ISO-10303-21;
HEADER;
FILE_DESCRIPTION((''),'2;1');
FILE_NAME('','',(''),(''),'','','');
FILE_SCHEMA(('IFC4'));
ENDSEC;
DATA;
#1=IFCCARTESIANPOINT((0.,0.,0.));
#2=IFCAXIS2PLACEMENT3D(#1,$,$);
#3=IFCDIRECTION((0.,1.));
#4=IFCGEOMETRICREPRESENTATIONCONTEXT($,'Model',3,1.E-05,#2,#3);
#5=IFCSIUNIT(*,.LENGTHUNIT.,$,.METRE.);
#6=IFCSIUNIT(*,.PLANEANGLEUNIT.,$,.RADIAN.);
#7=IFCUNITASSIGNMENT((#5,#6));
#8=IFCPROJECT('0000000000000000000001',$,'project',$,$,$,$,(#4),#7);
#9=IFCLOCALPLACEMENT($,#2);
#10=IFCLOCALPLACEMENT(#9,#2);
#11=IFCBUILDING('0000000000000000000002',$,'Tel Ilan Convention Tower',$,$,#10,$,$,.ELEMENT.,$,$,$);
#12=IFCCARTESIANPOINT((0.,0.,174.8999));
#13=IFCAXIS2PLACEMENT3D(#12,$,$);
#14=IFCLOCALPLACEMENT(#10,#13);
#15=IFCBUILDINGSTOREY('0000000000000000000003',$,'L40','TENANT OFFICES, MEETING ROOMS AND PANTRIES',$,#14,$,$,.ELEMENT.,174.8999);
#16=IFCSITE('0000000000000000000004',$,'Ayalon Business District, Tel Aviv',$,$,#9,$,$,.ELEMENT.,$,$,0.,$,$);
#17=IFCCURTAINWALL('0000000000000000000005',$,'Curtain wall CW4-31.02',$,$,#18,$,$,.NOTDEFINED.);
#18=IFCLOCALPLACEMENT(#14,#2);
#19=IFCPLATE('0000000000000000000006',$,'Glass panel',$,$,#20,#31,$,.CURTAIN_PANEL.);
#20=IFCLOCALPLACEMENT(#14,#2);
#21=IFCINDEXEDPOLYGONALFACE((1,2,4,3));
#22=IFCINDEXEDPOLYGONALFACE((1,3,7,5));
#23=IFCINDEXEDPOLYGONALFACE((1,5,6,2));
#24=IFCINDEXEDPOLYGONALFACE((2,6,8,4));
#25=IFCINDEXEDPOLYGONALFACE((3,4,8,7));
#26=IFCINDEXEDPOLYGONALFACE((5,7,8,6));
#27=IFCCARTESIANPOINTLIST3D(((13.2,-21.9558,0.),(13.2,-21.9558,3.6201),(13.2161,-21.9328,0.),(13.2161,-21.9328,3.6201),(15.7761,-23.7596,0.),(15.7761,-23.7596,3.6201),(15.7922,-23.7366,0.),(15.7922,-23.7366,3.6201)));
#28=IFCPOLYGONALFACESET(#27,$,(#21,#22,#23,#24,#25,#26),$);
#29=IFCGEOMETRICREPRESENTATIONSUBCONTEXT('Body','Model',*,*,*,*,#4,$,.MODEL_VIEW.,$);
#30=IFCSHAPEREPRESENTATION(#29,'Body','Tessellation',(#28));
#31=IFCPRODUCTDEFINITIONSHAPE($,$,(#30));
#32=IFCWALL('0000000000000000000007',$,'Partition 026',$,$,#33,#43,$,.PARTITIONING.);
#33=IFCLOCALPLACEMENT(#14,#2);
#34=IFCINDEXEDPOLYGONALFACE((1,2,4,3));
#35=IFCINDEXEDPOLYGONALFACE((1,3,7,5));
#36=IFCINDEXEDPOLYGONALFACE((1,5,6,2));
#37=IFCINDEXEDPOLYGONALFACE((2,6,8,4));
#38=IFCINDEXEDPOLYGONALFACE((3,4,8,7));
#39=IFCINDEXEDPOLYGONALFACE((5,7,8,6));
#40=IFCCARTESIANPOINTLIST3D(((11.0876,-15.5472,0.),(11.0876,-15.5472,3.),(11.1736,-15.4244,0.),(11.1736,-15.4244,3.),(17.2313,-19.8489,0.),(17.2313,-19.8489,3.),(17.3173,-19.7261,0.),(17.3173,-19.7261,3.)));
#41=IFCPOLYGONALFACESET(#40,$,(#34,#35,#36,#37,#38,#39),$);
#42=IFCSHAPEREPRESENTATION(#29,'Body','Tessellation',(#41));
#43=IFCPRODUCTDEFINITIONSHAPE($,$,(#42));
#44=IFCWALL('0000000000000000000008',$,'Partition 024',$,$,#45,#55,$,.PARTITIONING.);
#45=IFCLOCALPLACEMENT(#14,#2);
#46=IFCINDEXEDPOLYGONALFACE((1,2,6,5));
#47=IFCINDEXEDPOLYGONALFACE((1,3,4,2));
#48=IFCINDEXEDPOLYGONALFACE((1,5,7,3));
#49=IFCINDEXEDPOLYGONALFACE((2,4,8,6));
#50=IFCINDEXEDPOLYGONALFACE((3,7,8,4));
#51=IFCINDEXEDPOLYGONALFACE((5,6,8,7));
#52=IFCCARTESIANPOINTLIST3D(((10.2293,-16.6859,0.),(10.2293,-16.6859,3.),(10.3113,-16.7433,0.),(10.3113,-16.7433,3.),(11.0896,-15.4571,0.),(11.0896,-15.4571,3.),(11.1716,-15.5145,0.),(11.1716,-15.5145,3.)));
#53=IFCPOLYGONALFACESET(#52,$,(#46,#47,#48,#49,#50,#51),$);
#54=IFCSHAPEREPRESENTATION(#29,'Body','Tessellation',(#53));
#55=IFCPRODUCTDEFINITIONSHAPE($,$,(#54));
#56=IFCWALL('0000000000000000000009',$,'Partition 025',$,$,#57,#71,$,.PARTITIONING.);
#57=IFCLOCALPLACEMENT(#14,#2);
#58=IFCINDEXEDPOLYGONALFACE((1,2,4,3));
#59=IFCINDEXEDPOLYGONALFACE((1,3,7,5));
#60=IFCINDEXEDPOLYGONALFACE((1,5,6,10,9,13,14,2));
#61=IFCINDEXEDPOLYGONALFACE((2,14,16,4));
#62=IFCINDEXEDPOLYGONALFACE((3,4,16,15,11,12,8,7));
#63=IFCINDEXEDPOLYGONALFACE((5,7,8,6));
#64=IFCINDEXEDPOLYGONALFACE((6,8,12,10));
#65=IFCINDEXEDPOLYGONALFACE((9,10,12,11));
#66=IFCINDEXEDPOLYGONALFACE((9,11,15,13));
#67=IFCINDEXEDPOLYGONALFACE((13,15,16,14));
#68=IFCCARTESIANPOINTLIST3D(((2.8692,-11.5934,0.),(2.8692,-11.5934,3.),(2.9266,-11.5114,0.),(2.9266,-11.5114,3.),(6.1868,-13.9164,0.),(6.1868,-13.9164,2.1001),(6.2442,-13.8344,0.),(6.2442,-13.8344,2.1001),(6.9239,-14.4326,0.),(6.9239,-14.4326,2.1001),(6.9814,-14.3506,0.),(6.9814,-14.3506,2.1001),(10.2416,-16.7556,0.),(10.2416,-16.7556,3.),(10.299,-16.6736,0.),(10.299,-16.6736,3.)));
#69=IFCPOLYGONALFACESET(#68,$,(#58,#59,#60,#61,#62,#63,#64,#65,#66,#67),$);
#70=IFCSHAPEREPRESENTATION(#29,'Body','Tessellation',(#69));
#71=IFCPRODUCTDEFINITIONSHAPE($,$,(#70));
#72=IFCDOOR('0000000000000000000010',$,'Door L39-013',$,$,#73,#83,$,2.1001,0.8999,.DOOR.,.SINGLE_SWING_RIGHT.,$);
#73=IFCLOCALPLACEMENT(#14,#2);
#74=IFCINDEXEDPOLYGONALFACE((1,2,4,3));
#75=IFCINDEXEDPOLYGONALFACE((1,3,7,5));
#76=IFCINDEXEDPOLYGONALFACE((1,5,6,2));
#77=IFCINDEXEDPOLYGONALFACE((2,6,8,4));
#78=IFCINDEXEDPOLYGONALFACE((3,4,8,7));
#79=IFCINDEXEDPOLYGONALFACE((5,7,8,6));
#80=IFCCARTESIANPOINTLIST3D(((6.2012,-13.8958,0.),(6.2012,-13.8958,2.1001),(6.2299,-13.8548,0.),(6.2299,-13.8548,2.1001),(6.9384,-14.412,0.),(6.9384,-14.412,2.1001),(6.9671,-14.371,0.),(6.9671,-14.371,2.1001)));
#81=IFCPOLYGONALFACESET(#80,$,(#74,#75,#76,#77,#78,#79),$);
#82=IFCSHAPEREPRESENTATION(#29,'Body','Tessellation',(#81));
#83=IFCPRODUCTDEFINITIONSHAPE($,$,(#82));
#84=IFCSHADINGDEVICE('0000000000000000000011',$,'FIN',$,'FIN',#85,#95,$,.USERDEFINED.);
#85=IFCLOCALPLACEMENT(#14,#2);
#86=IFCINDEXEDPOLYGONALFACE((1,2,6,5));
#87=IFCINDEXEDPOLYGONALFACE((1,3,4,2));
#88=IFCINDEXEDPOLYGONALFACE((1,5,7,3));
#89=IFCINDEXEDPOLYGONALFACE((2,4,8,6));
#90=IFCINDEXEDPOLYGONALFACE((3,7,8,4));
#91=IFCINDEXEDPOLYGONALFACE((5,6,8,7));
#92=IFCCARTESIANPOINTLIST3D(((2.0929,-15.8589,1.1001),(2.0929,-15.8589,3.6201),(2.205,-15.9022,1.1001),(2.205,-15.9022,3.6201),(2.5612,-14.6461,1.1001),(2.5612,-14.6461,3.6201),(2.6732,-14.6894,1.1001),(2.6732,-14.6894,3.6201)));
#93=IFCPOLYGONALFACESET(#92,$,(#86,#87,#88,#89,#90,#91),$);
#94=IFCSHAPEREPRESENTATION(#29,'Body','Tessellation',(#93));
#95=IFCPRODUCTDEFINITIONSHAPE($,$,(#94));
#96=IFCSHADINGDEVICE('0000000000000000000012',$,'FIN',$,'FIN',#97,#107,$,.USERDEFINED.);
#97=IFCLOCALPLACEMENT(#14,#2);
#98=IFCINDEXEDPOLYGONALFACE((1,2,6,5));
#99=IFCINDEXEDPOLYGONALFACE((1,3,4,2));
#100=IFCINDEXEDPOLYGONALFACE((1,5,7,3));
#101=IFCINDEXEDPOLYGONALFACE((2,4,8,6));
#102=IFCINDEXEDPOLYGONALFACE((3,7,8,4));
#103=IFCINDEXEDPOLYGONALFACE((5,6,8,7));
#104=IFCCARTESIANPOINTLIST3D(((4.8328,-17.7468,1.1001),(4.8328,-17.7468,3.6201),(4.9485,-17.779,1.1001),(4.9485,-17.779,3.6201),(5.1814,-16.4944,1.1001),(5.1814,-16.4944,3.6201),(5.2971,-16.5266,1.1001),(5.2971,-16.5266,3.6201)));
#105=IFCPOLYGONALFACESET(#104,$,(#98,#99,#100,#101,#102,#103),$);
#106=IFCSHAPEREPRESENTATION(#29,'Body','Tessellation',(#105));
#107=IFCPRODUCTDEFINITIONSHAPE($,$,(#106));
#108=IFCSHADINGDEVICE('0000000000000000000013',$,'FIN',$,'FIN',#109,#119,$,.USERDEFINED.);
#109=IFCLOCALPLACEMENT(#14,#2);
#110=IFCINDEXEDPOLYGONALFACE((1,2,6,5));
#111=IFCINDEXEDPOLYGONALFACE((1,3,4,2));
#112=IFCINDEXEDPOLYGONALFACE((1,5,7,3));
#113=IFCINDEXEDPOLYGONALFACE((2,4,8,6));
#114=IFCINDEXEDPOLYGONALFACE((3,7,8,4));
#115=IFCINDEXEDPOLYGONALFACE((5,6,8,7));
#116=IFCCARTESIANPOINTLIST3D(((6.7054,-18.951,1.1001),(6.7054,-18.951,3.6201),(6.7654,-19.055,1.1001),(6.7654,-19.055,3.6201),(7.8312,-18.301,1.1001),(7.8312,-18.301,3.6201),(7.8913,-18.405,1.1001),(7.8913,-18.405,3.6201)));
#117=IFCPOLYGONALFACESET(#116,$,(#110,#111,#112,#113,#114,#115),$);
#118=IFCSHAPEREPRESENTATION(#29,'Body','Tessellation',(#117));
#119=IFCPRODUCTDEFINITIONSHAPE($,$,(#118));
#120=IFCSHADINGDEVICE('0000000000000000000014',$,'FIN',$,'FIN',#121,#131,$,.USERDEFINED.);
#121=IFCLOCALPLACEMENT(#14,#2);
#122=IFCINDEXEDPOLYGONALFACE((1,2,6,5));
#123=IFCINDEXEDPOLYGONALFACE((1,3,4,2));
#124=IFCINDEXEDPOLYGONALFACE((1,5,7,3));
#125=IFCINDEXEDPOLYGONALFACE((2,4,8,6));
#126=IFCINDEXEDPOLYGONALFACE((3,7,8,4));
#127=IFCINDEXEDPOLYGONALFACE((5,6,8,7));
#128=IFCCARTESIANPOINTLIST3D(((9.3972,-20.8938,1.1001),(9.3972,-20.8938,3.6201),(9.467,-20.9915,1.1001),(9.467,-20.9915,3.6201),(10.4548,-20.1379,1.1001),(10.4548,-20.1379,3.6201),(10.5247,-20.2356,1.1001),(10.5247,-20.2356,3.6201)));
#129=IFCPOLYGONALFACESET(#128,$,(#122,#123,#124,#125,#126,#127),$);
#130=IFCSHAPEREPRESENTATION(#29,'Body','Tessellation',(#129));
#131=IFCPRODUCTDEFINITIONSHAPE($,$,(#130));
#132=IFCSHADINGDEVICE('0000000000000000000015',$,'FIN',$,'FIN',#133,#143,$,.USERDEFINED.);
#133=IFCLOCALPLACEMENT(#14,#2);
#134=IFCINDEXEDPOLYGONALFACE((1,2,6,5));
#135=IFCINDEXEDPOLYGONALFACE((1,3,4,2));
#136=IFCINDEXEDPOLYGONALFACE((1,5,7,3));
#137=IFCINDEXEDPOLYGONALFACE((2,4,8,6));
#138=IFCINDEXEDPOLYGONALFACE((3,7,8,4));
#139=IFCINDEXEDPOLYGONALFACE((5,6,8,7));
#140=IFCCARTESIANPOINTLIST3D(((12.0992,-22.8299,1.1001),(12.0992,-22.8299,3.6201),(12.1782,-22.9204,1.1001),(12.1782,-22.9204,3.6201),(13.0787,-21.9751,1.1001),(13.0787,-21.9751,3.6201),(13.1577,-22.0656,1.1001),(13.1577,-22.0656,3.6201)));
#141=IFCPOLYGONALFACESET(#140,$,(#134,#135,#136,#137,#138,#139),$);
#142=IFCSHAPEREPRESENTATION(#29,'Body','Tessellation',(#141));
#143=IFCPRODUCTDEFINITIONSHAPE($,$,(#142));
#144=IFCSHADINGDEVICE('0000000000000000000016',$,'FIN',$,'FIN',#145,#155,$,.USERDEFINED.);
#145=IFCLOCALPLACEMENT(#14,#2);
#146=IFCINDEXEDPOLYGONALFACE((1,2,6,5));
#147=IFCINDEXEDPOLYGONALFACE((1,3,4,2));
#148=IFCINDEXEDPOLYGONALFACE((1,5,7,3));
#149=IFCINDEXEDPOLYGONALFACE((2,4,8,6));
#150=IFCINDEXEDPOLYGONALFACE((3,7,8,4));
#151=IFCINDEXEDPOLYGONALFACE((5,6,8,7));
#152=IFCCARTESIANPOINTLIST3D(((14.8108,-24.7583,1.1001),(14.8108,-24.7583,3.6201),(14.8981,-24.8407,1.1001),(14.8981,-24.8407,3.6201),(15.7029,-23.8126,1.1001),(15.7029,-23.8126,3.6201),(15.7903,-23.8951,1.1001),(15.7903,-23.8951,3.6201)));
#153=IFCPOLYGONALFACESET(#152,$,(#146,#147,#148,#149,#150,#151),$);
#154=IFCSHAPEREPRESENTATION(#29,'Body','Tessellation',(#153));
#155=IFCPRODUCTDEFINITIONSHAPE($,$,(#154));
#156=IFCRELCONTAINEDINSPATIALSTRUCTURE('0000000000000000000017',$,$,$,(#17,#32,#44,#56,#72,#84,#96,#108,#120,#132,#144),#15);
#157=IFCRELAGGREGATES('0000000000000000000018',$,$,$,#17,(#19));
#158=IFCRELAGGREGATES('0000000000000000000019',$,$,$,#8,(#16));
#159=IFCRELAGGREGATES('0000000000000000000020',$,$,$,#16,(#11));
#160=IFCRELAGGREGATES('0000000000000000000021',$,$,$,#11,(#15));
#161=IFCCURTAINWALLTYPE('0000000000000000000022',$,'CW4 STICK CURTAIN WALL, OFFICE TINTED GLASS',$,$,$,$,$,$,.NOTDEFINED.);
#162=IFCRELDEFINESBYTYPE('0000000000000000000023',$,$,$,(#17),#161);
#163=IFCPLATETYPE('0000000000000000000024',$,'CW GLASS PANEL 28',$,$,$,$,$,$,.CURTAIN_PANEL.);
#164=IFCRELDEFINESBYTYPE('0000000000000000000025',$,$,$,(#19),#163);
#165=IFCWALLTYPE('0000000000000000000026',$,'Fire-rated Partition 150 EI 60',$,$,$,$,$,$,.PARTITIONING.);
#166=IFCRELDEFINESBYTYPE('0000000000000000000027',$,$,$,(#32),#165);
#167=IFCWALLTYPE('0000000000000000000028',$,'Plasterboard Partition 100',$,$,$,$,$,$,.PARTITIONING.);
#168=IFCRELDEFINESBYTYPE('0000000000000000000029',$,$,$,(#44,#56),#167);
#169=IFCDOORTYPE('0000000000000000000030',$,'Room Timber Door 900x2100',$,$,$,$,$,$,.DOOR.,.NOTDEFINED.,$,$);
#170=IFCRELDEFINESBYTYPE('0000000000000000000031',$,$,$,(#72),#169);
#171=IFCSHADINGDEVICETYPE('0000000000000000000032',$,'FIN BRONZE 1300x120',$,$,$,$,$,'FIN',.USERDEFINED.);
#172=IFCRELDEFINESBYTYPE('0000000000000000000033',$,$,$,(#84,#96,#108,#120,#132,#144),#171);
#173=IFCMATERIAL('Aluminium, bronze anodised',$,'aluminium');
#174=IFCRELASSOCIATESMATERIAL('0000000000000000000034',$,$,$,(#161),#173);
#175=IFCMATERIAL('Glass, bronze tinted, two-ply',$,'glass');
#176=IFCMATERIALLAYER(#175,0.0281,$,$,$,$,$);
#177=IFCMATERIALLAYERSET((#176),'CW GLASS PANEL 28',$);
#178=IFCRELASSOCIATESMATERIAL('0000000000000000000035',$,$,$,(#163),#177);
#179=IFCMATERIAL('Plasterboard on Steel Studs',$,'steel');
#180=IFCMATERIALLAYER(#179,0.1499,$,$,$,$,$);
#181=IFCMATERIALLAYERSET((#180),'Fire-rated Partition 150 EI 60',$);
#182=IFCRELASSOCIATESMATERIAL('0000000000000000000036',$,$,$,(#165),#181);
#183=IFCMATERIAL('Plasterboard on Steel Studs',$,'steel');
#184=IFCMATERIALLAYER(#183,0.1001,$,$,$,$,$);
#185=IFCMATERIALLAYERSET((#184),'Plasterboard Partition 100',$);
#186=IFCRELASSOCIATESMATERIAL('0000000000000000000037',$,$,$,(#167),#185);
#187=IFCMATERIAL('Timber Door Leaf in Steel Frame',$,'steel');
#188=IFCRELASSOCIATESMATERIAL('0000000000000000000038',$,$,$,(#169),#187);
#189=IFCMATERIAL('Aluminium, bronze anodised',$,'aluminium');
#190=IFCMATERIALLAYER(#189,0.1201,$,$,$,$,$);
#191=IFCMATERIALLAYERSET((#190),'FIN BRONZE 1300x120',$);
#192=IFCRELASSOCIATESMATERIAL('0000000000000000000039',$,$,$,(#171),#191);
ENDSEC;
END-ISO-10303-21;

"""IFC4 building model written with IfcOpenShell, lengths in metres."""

from ifc_helpers import new_model, si_unit, direction, frame, frame_2d, origin, origin_2d, place, context, subcontext, project, spatial, rectangle, extrude, material, layer, layer_set, type_object, element, fill, aggregate, save


model = new_model("IFC4")

# Units and contexts
model_context = context("Model", 3, precision=1e-05, world=origin(), true_north=direction((0.0, 1.0)))
body_context = subcontext(model_context, "Body", "Model", "MODEL_VIEW")
ifc_project = project(units=[si_unit("LENGTHUNIT", "METRE"), si_unit("PLANEANGLEUNIT", "RADIAN")], contexts=[model_context])

# Site, building, storey
site_placement = place(None, origin())
site = spatial("IfcSite", under=ifc_project, at=site_placement, Name="Ayalon Business District, Tel Aviv", CompositionType="ELEMENT", RefElevation=0.0)
building_placement = place(site_placement, origin())
building = spatial("IfcBuilding", under=site, at=building_placement, Name="Tel Ilan Convention Tower", CompositionType="ELEMENT")
storey_placement = place(building_placement, frame((0.0, 0.0, 174.8999)))
storey = spatial("IfcBuildingStorey", under=building, at=storey_placement, Name="L40", Description="TENANT OFFICES, MEETING ROOMS AND PANTRIES", CompositionType="ELEMENT", Elevation=174.8999)

# Curtain wall, plate
ifc_material_1 = material(Name="Aluminium, bronze anodised", Category="aluminium")
curtain_wall_type = type_object("IfcCurtainWallType", Name="CW4 STICK CURTAIN WALL, OFFICE TINTED GLASS", PredefinedType="NOTDEFINED", material=ifc_material_1)
curtain_wall_placement = place(storey_placement, origin())
curtain_wall = element("IfcCurtainWall", 1, at=curtain_wall_placement, inside=storey, type_object=curtain_wall_type, Name="Curtain wall CW4-31.02", PredefinedType="NOTDEFINED")
ifc_material_2 = material(Name="Glass, bronze tinted, two-ply", Category="glass")
ifc_layer_1 = layer(ifc_material_2, 0.0281)
ifc_layer_set_1 = layer_set([ifc_layer_1], Name="CW GLASS PANEL 28")
plate_type = type_object("IfcPlateType", Name="CW GLASS PANEL 28", PredefinedType="CURTAIN_PANEL", material=ifc_layer_set_1)
plate_1_placement = place(storey_placement, frame((14.4961, -22.8462, 0.0), z_axis=(0.0, 0.0, 1.0), x_axis=(0.819152, -0.573576, 0.0)))
plate_1 = element("IfcPlate", 2, at=plate_1_placement, type_object=plate_type, Name="Glass panel", PredefinedType="CURTAIN_PANEL", context=body_context, shape_type="SweptSolid", body=[
    extrude(rectangle(XDim=3.1448, YDim=0.0281, at=origin_2d()), origin(), (0.0, 0.0, 1.0), 3.6201),
])
aggregate(curtain_wall, [plate_1])

# Walls
ifc_material_3 = material(Name="Plasterboard on Steel Studs", Category="steel")
ifc_layer_2 = layer(ifc_material_3, 0.1499)
ifc_layer_set_2 = layer_set([ifc_layer_2], Name="Fire-rated Partition 150 EI 60")
wall_type_1 = type_object("IfcWallType", Name="Fire-rated Partition 150 EI 60", PredefinedType="PARTITIONING", material=ifc_layer_set_2)
wall_1_placement = place(storey_placement, frame((11.1306, -15.4858, 0.0), z_axis=(0.0, 0.0, 1.0), x_axis=(0.819163, -0.573561, 0.0)))
element("IfcWall", 3, at=wall_1_placement, inside=storey, type_object=wall_type_1, Name="Partition 026", PredefinedType="PARTITIONING", context=body_context, shape_type="SweptSolid", body=[
    extrude(rectangle(XDim=7.5, YDim=0.1499, at=frame_2d((3.75, 0.0))), origin(), (0.0, 0.0, 1.0), 3.0),
])
ifc_material_4 = material(Name="Plasterboard on Steel Studs", Category="steel")
ifc_layer_3 = layer(ifc_material_4, 0.1001)
ifc_layer_set_3 = layer_set([ifc_layer_3], Name="Plasterboard Partition 100")
wall_type_2 = type_object("IfcWallType", Name="Plasterboard Partition 100", PredefinedType="PARTITIONING", material=ifc_layer_set_3)
wall_2_placement = place(storey_placement, frame((11.1306, -15.4858, 0.0), z_axis=(0.0, 0.0, 1.0), x_axis=(-0.573561, -0.819163, 0.0)))
element("IfcWall", 4, at=wall_2_placement, inside=storey, type_object=wall_type_2, Name="Partition 024", PredefinedType="PARTITIONING", context=body_context, shape_type="SweptSolid", body=[
    extrude(rectangle(XDim=1.5, YDim=0.1001, at=frame_2d((0.75, 0.0))), origin(), (0.0, 0.0, 1.0), 3.0),
])

# Wall, opening, door
wall_3_placement = place(storey_placement, frame((10.2703, -16.7146, 0.0), z_axis=(0.0, 0.0, 1.0), x_axis=(-0.819154, 0.573573, 0.0)))
wall_3 = element("IfcWall", 5, at=wall_3_placement, inside=storey, type_object=wall_type_2, Name="Partition 025", PredefinedType="PARTITIONING", context=body_context, shape_type="SweptSolid", body=[
    extrude(rectangle(XDim=9.0, YDim=0.1001, at=frame_2d((4.5, 0.0))), origin(), (0.0, 0.0, 1.0), 3.0),
])
opening_placement = place(wall_3_placement, frame((4.05, 0.0, 0.0)))
opening = element("IfcOpeningElement", 6, at=opening_placement, cuts=wall_3, PredefinedType="OPENING", context=body_context, shape_type="SweptSolid", body=[
    extrude(rectangle(XDim=0.8999, YDim=2.1001, at=frame_2d((0.45, 1.05))), frame((0.0, 0.0601, 0.0), z_axis=(0.0, -1.0, 0.0), x_axis=(1.0, 0.0, 0.0)), (0.0, 0.0, 1.0), 0.1201),
])
ifc_material_5 = material(Name="Timber Door Leaf in Steel Frame", Category="steel")
door_type = type_object("IfcDoorType", Name="Room Timber Door 900x2100", OperationType="NOTDEFINED", PredefinedType="DOOR", material=ifc_material_5)
door_placement = place(opening_placement, origin())
door = element("IfcDoor", 7, at=door_placement, inside=storey, type_object=door_type, Name="Door L39-013", OperationType="SINGLE_SWING_RIGHT", OverallHeight=2.1001, OverallWidth=0.8999, PredefinedType="DOOR", context=body_context, shape_type="SweptSolid", body=[
    extrude(rectangle(XDim=0.8999, YDim=2.1001, at=frame_2d((0.45, 1.05))), frame((0.0, 0.0249, 0.0), z_axis=(0.0, -1.0, 0.0), x_axis=(1.0, 0.0, 0.0)), (0.0, 0.0, 1.0), 0.05),
])
fill(opening, door)

# Shading devices
ifc_material_6 = material(Name="Aluminium, bronze anodised", Category="aluminium")
ifc_layer_4 = layer(ifc_material_6, 0.1201)
ifc_layer_set_4 = layer_set([ifc_layer_4], Name="FIN BRONZE 1300x120")
shading_device_type = type_object("IfcShadingDeviceType", Name="FIN BRONZE 1300x120", ElementType="FIN", PredefinedType="USERDEFINED", material=ifc_layer_set_4)
for number, where, z_axis, x_axis, name in (
    (8, (2.3831, -15.2742, 1.1001), (0.0, 0.0, 1.0), (-0.360178, -0.932884, 0.0), "FIN"),
    (9, (5.0649, -17.1367, 1.1001), (0.0, 0.0, 1.0), (-0.268173, -0.963371, 0.0), "FIN"),
    (10, (7.2983, -18.678, 1.1001), (0.0, 0.0, 1.0), (-0.866025, -0.5, 0.0), "FIN"),
    (11, (9.9609, -20.5647, 1.1001), (0.0, 0.0, 1.0), (-0.813552, -0.581492, 0.0), "FIN"),
    (12, (12.6284, -22.4478, 1.1001), (0.0, 0.0, 1.0), (-0.753436, -0.657521, 0.0), "FIN"),
    (13, (15.3005, -24.3267, 1.1001), (0.0, 0.0, 1.0), (-0.686242, -0.727374, 0.0), "FIN"),
):
    element("IfcShadingDevice", number, at=place(storey_placement, frame(where, z_axis=z_axis, x_axis=x_axis)), inside=storey, type_object=shading_device_type, Name=name, ObjectType="FIN", PredefinedType="USERDEFINED", context=body_context, shape_type="SweptSolid", body=[
        extrude(rectangle(XDim=1.3, YDim=0.1201, at=origin_2d()), origin(), (0.0, 0.0, 1.0), 2.52),
    ])

save(model, "model.ifc")
